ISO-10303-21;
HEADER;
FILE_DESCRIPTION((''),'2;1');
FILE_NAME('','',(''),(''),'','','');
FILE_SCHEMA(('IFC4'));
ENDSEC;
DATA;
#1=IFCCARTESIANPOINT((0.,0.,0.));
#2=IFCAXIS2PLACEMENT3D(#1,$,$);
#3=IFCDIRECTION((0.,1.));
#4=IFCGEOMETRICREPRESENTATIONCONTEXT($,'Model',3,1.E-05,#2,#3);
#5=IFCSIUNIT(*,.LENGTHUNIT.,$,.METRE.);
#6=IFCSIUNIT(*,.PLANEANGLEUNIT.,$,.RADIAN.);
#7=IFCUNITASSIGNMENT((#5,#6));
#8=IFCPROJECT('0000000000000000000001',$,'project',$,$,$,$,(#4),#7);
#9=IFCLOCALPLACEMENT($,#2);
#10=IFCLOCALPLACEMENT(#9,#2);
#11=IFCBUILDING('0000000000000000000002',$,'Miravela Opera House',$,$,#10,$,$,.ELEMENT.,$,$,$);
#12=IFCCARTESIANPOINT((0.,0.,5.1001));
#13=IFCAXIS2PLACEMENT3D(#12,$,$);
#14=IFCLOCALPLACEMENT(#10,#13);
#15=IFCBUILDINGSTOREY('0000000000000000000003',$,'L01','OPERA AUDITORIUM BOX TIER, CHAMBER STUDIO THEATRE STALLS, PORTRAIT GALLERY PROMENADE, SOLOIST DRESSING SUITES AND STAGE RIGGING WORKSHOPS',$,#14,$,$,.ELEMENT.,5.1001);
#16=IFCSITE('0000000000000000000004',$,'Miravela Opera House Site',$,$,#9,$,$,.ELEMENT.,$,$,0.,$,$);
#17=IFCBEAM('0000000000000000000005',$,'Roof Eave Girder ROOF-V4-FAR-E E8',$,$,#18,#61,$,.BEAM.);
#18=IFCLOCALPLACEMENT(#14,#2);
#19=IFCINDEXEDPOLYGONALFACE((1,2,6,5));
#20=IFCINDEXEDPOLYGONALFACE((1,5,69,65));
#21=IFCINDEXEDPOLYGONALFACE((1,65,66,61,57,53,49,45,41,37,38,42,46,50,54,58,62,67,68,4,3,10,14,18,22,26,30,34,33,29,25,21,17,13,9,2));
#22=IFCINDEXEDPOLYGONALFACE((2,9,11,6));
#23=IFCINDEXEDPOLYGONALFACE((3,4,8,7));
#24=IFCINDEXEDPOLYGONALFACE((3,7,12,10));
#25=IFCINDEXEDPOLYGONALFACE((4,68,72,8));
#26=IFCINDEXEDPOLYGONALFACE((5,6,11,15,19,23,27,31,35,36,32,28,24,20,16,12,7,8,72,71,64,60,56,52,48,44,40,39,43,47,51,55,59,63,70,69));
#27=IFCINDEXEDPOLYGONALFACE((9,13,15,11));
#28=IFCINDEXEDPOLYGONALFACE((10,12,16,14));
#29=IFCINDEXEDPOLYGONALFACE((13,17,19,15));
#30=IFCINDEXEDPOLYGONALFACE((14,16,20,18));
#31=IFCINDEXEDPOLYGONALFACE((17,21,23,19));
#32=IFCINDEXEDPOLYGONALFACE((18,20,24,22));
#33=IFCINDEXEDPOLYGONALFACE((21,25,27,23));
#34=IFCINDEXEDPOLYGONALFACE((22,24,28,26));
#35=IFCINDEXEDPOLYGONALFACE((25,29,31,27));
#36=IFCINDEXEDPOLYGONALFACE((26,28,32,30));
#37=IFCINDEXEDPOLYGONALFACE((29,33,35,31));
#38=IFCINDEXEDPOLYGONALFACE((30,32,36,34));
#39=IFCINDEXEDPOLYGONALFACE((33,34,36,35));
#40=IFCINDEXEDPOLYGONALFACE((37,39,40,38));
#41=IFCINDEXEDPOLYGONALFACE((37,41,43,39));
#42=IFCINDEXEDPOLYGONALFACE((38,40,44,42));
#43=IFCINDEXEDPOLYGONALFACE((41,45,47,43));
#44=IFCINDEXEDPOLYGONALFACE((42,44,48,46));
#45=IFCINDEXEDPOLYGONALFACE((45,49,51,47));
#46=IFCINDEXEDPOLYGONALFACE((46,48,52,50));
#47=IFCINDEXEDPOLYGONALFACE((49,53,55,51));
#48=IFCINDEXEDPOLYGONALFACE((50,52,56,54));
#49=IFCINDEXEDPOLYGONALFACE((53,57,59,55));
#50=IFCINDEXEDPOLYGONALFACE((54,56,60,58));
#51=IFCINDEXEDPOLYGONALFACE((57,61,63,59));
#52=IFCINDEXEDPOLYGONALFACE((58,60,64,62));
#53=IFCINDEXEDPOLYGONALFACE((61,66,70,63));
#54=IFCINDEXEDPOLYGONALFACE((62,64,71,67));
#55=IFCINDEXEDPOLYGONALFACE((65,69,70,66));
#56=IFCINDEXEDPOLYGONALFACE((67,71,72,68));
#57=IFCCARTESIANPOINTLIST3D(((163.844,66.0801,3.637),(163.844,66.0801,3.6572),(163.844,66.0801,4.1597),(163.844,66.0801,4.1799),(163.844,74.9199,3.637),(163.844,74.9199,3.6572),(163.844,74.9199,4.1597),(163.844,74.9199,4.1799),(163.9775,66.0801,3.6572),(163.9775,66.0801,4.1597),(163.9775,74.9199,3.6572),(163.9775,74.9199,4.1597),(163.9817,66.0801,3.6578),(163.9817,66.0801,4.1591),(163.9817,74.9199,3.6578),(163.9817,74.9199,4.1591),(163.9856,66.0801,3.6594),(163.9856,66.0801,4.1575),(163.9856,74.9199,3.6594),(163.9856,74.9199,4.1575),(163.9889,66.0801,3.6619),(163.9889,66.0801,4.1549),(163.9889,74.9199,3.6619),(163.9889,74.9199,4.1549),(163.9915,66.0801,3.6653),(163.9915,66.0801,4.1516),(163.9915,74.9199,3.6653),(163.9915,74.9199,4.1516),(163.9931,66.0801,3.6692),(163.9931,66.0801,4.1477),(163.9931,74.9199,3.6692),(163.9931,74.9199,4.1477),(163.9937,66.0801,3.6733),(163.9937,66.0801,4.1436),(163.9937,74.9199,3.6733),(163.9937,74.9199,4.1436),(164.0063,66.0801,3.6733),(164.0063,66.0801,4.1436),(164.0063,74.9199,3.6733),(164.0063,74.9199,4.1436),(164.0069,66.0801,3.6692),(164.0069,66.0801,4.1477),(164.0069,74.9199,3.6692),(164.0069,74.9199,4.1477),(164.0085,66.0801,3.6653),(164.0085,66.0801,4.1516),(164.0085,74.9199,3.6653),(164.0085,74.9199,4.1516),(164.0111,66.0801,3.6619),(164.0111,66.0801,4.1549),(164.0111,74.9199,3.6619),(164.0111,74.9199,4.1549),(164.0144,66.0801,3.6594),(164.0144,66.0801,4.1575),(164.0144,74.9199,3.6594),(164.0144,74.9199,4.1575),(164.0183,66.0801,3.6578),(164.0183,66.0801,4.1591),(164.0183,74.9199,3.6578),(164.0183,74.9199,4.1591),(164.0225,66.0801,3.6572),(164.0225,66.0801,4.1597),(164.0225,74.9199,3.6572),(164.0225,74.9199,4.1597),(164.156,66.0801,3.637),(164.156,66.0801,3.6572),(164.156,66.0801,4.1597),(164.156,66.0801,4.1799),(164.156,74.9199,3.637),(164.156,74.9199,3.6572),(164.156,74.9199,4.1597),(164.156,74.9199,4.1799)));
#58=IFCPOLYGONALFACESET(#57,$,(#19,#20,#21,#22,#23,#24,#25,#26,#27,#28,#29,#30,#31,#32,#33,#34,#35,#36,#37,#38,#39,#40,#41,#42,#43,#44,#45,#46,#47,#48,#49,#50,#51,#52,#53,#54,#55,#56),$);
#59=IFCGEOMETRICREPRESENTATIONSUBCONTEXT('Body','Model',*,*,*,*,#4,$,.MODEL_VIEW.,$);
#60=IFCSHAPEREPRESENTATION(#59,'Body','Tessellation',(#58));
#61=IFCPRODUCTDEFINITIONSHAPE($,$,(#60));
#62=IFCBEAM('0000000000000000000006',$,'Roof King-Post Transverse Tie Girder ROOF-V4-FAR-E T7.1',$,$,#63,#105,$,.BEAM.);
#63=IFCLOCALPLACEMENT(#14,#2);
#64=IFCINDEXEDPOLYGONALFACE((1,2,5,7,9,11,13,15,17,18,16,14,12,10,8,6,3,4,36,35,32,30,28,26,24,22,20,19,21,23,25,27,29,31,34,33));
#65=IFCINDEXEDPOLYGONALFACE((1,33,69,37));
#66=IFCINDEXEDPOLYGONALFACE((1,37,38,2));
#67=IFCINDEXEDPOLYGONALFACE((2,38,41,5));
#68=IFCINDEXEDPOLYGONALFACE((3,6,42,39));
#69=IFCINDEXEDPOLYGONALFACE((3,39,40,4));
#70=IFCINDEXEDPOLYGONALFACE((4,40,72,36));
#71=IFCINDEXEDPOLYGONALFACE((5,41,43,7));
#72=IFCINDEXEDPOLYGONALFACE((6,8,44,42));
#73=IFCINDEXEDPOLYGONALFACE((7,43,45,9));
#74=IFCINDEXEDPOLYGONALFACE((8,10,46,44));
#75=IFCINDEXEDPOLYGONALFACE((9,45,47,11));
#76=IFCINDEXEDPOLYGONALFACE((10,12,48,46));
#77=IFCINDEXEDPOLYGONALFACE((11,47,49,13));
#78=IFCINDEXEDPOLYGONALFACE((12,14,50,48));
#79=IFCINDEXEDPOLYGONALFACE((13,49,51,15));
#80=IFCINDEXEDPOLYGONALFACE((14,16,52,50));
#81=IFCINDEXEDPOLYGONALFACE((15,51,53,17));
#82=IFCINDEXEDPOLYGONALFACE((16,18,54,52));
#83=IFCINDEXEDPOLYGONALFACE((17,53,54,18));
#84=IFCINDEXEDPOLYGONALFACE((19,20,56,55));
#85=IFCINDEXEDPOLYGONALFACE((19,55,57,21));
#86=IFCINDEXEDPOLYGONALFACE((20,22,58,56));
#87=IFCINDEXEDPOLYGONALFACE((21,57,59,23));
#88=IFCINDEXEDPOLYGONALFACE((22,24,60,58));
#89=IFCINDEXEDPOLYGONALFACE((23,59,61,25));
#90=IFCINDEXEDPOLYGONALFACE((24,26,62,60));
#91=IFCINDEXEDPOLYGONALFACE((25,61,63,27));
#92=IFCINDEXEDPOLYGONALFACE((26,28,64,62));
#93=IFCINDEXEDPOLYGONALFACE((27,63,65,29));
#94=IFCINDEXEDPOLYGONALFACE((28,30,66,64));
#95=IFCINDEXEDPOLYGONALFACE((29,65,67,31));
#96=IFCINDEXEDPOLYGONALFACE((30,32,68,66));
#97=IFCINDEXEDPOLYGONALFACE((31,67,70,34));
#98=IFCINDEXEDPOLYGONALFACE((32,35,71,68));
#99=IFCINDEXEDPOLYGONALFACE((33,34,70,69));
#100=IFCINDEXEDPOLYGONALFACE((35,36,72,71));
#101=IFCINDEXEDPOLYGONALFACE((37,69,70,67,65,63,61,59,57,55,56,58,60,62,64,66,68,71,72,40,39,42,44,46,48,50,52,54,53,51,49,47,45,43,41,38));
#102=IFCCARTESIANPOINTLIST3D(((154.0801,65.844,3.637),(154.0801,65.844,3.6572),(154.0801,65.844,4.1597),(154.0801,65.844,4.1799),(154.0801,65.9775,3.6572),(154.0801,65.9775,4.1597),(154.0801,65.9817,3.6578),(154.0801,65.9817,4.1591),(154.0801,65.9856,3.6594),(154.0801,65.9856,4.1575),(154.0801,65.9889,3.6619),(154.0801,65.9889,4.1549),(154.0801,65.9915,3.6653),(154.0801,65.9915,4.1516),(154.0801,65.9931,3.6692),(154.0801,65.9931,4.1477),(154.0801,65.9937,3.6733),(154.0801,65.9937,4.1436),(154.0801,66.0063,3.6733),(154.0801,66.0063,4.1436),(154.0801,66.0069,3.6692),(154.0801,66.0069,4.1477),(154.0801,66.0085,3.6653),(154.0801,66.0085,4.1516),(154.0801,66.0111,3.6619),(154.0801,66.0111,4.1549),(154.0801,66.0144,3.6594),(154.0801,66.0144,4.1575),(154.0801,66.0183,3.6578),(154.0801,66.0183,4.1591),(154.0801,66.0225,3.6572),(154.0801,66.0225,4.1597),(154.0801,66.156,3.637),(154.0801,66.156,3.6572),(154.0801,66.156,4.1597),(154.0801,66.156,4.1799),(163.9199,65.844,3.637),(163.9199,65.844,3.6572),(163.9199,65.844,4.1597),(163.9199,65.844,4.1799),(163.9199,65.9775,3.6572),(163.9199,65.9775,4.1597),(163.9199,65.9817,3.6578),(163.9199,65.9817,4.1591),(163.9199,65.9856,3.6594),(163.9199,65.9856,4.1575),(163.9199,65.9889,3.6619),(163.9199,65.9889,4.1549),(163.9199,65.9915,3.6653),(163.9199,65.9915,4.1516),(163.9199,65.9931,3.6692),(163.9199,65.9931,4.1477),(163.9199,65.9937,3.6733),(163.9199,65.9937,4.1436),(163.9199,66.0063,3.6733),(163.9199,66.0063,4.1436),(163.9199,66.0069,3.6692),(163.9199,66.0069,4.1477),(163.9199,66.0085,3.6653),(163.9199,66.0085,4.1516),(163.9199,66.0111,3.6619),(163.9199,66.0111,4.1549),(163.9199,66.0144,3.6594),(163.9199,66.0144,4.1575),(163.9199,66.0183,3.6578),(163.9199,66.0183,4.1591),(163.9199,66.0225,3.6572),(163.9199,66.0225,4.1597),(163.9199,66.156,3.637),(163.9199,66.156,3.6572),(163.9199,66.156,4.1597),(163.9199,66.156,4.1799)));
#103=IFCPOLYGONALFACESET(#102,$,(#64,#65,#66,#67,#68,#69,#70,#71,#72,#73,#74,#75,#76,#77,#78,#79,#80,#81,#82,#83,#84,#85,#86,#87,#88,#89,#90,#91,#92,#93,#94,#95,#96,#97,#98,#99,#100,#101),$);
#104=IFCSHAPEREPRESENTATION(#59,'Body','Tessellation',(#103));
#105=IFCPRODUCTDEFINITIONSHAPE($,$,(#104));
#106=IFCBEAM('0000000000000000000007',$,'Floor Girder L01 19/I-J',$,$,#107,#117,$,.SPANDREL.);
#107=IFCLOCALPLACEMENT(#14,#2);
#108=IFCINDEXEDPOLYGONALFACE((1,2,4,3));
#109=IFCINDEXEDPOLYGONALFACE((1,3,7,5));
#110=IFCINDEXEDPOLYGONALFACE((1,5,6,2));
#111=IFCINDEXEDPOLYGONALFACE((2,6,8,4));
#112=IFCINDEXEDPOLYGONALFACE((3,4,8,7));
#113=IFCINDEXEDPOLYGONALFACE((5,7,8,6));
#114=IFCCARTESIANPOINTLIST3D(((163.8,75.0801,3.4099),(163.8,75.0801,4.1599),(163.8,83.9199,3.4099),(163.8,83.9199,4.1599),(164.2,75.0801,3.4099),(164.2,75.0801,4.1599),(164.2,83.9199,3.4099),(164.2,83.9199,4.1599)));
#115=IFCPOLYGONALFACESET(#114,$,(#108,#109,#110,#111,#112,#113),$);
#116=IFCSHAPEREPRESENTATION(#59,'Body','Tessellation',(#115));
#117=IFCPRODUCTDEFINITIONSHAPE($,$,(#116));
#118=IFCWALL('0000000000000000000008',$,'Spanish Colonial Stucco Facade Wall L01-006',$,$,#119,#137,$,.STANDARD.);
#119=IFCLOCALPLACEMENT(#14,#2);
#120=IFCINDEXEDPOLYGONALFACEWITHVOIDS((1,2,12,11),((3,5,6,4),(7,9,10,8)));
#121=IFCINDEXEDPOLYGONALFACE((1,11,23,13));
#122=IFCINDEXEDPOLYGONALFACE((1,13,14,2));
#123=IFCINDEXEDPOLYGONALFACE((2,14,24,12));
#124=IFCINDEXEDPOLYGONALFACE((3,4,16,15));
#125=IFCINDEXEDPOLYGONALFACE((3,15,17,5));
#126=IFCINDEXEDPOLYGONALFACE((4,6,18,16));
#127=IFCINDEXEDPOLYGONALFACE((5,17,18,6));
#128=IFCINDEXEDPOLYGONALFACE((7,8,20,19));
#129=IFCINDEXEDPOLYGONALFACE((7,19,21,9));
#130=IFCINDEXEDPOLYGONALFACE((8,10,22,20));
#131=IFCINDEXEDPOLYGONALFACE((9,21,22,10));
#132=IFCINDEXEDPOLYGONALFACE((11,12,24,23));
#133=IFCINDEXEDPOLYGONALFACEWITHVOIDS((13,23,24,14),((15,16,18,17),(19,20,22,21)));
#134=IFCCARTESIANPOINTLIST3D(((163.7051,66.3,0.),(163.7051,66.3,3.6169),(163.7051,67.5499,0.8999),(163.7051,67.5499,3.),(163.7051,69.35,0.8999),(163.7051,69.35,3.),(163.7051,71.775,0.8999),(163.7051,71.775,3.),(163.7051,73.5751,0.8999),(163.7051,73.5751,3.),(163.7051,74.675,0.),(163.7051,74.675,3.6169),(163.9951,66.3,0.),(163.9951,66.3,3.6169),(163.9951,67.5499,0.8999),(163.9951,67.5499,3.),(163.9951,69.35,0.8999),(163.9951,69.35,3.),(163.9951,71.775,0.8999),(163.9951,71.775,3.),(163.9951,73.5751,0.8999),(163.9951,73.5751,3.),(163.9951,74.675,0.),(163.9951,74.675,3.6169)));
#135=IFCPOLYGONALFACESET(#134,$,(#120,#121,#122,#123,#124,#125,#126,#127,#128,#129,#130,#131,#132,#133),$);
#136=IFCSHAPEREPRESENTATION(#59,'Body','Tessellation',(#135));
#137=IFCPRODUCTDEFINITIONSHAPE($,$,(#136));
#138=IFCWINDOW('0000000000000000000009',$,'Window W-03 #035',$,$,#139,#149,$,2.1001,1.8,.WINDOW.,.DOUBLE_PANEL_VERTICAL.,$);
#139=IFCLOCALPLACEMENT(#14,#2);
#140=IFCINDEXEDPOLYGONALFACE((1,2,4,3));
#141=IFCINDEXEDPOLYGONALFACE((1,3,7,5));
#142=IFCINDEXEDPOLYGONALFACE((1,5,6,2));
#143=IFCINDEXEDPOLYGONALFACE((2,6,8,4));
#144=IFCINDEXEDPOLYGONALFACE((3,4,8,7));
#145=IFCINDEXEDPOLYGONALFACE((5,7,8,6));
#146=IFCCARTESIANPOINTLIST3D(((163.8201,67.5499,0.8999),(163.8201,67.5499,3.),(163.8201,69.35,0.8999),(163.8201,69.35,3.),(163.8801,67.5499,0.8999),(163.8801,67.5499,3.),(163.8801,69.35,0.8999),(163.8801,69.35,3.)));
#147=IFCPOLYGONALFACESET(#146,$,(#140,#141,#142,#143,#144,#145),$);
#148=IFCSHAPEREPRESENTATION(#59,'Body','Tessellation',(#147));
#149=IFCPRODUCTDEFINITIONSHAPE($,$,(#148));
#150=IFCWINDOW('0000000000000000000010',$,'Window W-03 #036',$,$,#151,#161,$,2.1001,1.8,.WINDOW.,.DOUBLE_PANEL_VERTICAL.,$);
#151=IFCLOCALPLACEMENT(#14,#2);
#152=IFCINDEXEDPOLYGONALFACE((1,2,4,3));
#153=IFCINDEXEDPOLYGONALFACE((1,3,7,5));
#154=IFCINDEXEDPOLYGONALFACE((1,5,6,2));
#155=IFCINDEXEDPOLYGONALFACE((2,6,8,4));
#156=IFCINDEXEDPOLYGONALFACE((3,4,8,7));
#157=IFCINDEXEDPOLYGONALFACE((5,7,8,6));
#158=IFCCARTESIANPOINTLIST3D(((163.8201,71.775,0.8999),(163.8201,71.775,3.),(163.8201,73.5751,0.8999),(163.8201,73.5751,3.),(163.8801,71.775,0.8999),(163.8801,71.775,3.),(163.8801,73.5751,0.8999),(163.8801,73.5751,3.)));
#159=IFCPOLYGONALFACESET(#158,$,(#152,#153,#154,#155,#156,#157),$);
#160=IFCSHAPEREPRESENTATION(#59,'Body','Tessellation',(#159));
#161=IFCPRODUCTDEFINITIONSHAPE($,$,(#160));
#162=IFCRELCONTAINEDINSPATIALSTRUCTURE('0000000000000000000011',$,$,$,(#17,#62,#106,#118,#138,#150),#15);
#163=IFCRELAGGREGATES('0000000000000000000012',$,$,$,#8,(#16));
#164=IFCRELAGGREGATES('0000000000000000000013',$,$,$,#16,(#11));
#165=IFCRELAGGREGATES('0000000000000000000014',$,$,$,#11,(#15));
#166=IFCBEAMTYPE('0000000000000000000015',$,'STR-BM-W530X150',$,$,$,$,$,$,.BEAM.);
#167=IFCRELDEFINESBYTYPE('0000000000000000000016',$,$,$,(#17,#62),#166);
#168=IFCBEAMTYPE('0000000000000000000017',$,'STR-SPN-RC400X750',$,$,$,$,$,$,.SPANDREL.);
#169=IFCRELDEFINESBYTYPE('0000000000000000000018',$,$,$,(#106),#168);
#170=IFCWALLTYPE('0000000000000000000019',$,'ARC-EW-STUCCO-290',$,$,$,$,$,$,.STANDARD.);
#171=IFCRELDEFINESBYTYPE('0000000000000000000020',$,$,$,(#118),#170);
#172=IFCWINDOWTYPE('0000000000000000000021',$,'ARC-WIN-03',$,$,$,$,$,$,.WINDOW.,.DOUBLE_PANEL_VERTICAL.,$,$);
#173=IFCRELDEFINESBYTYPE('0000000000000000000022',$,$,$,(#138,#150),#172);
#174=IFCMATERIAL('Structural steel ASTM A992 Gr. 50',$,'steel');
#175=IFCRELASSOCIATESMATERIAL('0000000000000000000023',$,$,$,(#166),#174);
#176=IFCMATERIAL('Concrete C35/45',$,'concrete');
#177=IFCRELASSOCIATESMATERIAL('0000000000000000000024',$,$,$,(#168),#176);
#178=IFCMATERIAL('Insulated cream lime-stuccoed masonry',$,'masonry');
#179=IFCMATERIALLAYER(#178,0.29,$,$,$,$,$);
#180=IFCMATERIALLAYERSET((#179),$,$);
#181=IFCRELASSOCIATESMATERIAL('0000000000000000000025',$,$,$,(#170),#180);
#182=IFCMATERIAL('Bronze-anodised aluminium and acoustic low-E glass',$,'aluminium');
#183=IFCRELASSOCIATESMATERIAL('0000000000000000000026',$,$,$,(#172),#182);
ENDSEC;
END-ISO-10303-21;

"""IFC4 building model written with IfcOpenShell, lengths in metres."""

from ifc_helpers import new_model, si_unit, direction, frame, frame_2d, origin, origin_2d, place, context, subcontext, project, spatial, rectangle, i_section, extrude, material, layer, layer_set, material_profile, profile_set, type_object, element, fill, save


model = new_model("IFC4")

# Units and contexts
model_context = context("Model", 3, precision=1e-05, world=origin(), true_north=direction((0.0, 1.0)))
body_context = subcontext(model_context, "Body", "Model", "MODEL_VIEW")
ifc_project = project(units=[si_unit("LENGTHUNIT", "METRE"), si_unit("PLANEANGLEUNIT", "RADIAN")], contexts=[model_context])

# Site, building, storey
site_placement = place(None, origin())
site = spatial("IfcSite", under=ifc_project, at=site_placement, Name="Miravela Opera House Site", CompositionType="ELEMENT", RefElevation=0.0)
building_placement = place(site_placement, origin())
building = spatial("IfcBuilding", under=site, at=building_placement, Name="Miravela Opera House", CompositionType="ELEMENT")
storey_placement = place(building_placement, frame((0.0, 0.0, 5.1001)))
storey = spatial("IfcBuildingStorey", under=building, at=storey_placement, Name="L01", Description="OPERA AUDITORIUM BOX TIER, CHAMBER STUDIO THEATRE STALLS, PORTRAIT GALLERY PROMENADE, SOLOIST DRESSING SUITES AND STAGE RIGGING WORKSHOPS", CompositionType="ELEMENT", Elevation=5.1001)

# Shared definitions
ifc_material_1 = material(Name="Concrete C35/45", Category="concrete")

# Beams
ifc_material_2 = material(Name="Structural steel ASTM A992 Gr. 50", Category="steel")
ifc_material_profile_1 = material_profile(ifc_material_2, i_section(OverallWidth=0.312, OverallDepth=0.543, WebThickness=0.0127, FlangeThickness=0.0203, FilletRadius=0.0161, at=origin_2d()), Name="W530X150")
ifc_profile_set_1 = profile_set([ifc_material_profile_1])
beam_type_1 = type_object("IfcBeamType", Name="STR-BM-W530X150", PredefinedType="BEAM", material=ifc_profile_set_1)
beam_1_placement = place(storey_placement, frame((164.0, 66.0801, 3.9084), z_axis=(0.0, 1.0, 0.0), x_axis=(-1.0, 0.0, 0.0)))
element("IfcBeam", 1, at=beam_1_placement, inside=storey, type_object=beam_type_1, Name="Roof Eave Girder ROOF-V4-FAR-E E8", PredefinedType="BEAM", context=body_context, shape_type="SweptSolid", body=[
    extrude(i_section(OverallWidth=0.312, OverallDepth=0.543, WebThickness=0.0127, FlangeThickness=0.0203, FilletRadius=0.0161, at=origin_2d()), origin(), (0.0, 0.0, 1.0), 8.8398),
])
beam_2_placement = place(storey_placement, frame((154.0801, 66.0, 3.9084), z_axis=(1.0, 0.0, 0.0), x_axis=(0.0, 1.0, 0.0)))
element("IfcBeam", 2, at=beam_2_placement, inside=storey, type_object=beam_type_1, Name="Roof King-Post Transverse Tie Girder ROOF-V4-FAR-E T7.1", PredefinedType="BEAM", context=body_context, shape_type="SweptSolid", body=[
    extrude(i_section(OverallWidth=0.312, OverallDepth=0.543, WebThickness=0.0127, FlangeThickness=0.0203, FilletRadius=0.0161, at=origin_2d()), origin(), (0.0, 0.0, 1.0), 9.8398),
])
ifc_material_profile_2 = material_profile(ifc_material_1, rectangle(XDim=0.3999, YDim=0.75, at=origin_2d()), Name="RC-SPN-400X750")
ifc_profile_set_2 = profile_set([ifc_material_profile_2])
beam_type_2 = type_object("IfcBeamType", Name="STR-SPN-RC400X750", PredefinedType="SPANDREL", material=ifc_profile_set_2)
beam_3_placement = place(storey_placement, frame((164.0, 75.0801, 3.7849), z_axis=(0.0, 1.0, 0.0), x_axis=(-1.0, 0.0, 0.0)))
element("IfcBeam", 3, at=beam_3_placement, inside=storey, type_object=beam_type_2, Name="Floor Girder L01 19/I-J", PredefinedType="SPANDREL", context=body_context, shape_type="SweptSolid", body=[
    extrude(rectangle(XDim=0.3999, YDim=0.75, at=origin_2d()), origin(), (0.0, 0.0, 1.0), 8.8398),
])

# Wall, openings, windows
ifc_material_3 = material(Name="Insulated cream lime-stuccoed masonry", Category="masonry")
ifc_layer_1 = layer(ifc_material_3, 0.29)
ifc_layer_set_1 = layer_set([ifc_layer_1])
wall_type_1 = type_object("IfcWallType", Name="ARC-EW-STUCCO-290", PredefinedType="STANDARD", material=ifc_layer_set_1)
wall_1_placement = place(storey_placement, frame((163.8501, 66.3, 0.0), z_axis=(0.0, 0.0, 1.0), x_axis=(0.0, 1.0, 0.0)))
wall_1 = element("IfcWall", 4, at=wall_1_placement, inside=storey, type_object=wall_type_1, Name="Spanish Colonial Stucco Facade Wall L01-006", PredefinedType="STANDARD", context=body_context, shape_type="SweptSolid", body=[
    extrude(rectangle(XDim=8.375, YDim=0.29, at=frame_2d((4.1875, 0.0))), origin(), (0.0, 0.0, 1.0), 3.6169),
])
opening_1_placement = place(wall_1_placement, frame((1.25, 0.0, 0.8999)))
opening_1 = element("IfcOpeningElement", 5, at=opening_1_placement, cuts=wall_1, PredefinedType="OPENING", context=body_context, shape_type="SweptSolid", body=[
    extrude(rectangle(XDim=1.8, YDim=2.1001, at=frame_2d((0.8999, 1.05))), frame((0.0, 0.155, 0.0), z_axis=(0.0, -1.0, 0.0), x_axis=(1.0, 0.0, 0.0)), (0.0, 0.0, 1.0), 0.3101),
])
opening_2_placement = place(wall_1_placement, frame((5.4751, 0.0, 0.8999)))
opening_2 = element("IfcOpeningElement", 6, at=opening_2_placement, cuts=wall_1, PredefinedType="OPENING", context=body_context, shape_type="SweptSolid", body=[
    extrude(rectangle(XDim=1.8, YDim=2.1001, at=frame_2d((0.8999, 1.05))), frame((0.0, 0.155, 0.0), z_axis=(0.0, -1.0, 0.0), x_axis=(1.0, 0.0, 0.0)), (0.0, 0.0, 1.0), 0.3101),
])
ifc_material_4 = material(Name="Bronze-anodised aluminium and acoustic low-E glass", Category="aluminium")
window_type_1 = type_object("IfcWindowType", Name="ARC-WIN-03", PartitioningType="DOUBLE_PANEL_VERTICAL", PredefinedType="WINDOW", material=ifc_material_4)
window_1_placement = place(opening_1_placement, origin())
window_1 = element("IfcWindow", 7, at=window_1_placement, inside=storey, type_object=window_type_1, Name="Window W-03 #035", OverallHeight=2.1001, OverallWidth=1.8, PartitioningType="DOUBLE_PANEL_VERTICAL", PredefinedType="WINDOW", context=body_context, shape_type="SweptSolid", body=[
    extrude(rectangle(XDim=1.8, YDim=2.1001, at=frame_2d((0.8999, 1.05))), frame((0.0, 0.03, 0.0), z_axis=(0.0, -1.0, 0.0), x_axis=(1.0, 0.0, 0.0)), (0.0, 0.0, 1.0), 0.0601),
])
fill(opening_1, window_1)
window_2_placement = place(opening_2_placement, origin())
window_2 = element("IfcWindow", 8, at=window_2_placement, inside=storey, type_object=window_type_1, Name="Window W-03 #036", OverallHeight=2.1001, OverallWidth=1.8, PartitioningType="DOUBLE_PANEL_VERTICAL", PredefinedType="WINDOW", context=body_context, shape_type="SweptSolid", body=[
    extrude(rectangle(XDim=1.8, YDim=2.1001, at=frame_2d((0.8999, 1.05))), frame((0.0, 0.03, 0.0), z_axis=(0.0, -1.0, 0.0), x_axis=(1.0, 0.0, 0.0)), (0.0, 0.0, 1.0), 0.0601),
])
fill(opening_2, window_2)

save(model, "model.ifc")
